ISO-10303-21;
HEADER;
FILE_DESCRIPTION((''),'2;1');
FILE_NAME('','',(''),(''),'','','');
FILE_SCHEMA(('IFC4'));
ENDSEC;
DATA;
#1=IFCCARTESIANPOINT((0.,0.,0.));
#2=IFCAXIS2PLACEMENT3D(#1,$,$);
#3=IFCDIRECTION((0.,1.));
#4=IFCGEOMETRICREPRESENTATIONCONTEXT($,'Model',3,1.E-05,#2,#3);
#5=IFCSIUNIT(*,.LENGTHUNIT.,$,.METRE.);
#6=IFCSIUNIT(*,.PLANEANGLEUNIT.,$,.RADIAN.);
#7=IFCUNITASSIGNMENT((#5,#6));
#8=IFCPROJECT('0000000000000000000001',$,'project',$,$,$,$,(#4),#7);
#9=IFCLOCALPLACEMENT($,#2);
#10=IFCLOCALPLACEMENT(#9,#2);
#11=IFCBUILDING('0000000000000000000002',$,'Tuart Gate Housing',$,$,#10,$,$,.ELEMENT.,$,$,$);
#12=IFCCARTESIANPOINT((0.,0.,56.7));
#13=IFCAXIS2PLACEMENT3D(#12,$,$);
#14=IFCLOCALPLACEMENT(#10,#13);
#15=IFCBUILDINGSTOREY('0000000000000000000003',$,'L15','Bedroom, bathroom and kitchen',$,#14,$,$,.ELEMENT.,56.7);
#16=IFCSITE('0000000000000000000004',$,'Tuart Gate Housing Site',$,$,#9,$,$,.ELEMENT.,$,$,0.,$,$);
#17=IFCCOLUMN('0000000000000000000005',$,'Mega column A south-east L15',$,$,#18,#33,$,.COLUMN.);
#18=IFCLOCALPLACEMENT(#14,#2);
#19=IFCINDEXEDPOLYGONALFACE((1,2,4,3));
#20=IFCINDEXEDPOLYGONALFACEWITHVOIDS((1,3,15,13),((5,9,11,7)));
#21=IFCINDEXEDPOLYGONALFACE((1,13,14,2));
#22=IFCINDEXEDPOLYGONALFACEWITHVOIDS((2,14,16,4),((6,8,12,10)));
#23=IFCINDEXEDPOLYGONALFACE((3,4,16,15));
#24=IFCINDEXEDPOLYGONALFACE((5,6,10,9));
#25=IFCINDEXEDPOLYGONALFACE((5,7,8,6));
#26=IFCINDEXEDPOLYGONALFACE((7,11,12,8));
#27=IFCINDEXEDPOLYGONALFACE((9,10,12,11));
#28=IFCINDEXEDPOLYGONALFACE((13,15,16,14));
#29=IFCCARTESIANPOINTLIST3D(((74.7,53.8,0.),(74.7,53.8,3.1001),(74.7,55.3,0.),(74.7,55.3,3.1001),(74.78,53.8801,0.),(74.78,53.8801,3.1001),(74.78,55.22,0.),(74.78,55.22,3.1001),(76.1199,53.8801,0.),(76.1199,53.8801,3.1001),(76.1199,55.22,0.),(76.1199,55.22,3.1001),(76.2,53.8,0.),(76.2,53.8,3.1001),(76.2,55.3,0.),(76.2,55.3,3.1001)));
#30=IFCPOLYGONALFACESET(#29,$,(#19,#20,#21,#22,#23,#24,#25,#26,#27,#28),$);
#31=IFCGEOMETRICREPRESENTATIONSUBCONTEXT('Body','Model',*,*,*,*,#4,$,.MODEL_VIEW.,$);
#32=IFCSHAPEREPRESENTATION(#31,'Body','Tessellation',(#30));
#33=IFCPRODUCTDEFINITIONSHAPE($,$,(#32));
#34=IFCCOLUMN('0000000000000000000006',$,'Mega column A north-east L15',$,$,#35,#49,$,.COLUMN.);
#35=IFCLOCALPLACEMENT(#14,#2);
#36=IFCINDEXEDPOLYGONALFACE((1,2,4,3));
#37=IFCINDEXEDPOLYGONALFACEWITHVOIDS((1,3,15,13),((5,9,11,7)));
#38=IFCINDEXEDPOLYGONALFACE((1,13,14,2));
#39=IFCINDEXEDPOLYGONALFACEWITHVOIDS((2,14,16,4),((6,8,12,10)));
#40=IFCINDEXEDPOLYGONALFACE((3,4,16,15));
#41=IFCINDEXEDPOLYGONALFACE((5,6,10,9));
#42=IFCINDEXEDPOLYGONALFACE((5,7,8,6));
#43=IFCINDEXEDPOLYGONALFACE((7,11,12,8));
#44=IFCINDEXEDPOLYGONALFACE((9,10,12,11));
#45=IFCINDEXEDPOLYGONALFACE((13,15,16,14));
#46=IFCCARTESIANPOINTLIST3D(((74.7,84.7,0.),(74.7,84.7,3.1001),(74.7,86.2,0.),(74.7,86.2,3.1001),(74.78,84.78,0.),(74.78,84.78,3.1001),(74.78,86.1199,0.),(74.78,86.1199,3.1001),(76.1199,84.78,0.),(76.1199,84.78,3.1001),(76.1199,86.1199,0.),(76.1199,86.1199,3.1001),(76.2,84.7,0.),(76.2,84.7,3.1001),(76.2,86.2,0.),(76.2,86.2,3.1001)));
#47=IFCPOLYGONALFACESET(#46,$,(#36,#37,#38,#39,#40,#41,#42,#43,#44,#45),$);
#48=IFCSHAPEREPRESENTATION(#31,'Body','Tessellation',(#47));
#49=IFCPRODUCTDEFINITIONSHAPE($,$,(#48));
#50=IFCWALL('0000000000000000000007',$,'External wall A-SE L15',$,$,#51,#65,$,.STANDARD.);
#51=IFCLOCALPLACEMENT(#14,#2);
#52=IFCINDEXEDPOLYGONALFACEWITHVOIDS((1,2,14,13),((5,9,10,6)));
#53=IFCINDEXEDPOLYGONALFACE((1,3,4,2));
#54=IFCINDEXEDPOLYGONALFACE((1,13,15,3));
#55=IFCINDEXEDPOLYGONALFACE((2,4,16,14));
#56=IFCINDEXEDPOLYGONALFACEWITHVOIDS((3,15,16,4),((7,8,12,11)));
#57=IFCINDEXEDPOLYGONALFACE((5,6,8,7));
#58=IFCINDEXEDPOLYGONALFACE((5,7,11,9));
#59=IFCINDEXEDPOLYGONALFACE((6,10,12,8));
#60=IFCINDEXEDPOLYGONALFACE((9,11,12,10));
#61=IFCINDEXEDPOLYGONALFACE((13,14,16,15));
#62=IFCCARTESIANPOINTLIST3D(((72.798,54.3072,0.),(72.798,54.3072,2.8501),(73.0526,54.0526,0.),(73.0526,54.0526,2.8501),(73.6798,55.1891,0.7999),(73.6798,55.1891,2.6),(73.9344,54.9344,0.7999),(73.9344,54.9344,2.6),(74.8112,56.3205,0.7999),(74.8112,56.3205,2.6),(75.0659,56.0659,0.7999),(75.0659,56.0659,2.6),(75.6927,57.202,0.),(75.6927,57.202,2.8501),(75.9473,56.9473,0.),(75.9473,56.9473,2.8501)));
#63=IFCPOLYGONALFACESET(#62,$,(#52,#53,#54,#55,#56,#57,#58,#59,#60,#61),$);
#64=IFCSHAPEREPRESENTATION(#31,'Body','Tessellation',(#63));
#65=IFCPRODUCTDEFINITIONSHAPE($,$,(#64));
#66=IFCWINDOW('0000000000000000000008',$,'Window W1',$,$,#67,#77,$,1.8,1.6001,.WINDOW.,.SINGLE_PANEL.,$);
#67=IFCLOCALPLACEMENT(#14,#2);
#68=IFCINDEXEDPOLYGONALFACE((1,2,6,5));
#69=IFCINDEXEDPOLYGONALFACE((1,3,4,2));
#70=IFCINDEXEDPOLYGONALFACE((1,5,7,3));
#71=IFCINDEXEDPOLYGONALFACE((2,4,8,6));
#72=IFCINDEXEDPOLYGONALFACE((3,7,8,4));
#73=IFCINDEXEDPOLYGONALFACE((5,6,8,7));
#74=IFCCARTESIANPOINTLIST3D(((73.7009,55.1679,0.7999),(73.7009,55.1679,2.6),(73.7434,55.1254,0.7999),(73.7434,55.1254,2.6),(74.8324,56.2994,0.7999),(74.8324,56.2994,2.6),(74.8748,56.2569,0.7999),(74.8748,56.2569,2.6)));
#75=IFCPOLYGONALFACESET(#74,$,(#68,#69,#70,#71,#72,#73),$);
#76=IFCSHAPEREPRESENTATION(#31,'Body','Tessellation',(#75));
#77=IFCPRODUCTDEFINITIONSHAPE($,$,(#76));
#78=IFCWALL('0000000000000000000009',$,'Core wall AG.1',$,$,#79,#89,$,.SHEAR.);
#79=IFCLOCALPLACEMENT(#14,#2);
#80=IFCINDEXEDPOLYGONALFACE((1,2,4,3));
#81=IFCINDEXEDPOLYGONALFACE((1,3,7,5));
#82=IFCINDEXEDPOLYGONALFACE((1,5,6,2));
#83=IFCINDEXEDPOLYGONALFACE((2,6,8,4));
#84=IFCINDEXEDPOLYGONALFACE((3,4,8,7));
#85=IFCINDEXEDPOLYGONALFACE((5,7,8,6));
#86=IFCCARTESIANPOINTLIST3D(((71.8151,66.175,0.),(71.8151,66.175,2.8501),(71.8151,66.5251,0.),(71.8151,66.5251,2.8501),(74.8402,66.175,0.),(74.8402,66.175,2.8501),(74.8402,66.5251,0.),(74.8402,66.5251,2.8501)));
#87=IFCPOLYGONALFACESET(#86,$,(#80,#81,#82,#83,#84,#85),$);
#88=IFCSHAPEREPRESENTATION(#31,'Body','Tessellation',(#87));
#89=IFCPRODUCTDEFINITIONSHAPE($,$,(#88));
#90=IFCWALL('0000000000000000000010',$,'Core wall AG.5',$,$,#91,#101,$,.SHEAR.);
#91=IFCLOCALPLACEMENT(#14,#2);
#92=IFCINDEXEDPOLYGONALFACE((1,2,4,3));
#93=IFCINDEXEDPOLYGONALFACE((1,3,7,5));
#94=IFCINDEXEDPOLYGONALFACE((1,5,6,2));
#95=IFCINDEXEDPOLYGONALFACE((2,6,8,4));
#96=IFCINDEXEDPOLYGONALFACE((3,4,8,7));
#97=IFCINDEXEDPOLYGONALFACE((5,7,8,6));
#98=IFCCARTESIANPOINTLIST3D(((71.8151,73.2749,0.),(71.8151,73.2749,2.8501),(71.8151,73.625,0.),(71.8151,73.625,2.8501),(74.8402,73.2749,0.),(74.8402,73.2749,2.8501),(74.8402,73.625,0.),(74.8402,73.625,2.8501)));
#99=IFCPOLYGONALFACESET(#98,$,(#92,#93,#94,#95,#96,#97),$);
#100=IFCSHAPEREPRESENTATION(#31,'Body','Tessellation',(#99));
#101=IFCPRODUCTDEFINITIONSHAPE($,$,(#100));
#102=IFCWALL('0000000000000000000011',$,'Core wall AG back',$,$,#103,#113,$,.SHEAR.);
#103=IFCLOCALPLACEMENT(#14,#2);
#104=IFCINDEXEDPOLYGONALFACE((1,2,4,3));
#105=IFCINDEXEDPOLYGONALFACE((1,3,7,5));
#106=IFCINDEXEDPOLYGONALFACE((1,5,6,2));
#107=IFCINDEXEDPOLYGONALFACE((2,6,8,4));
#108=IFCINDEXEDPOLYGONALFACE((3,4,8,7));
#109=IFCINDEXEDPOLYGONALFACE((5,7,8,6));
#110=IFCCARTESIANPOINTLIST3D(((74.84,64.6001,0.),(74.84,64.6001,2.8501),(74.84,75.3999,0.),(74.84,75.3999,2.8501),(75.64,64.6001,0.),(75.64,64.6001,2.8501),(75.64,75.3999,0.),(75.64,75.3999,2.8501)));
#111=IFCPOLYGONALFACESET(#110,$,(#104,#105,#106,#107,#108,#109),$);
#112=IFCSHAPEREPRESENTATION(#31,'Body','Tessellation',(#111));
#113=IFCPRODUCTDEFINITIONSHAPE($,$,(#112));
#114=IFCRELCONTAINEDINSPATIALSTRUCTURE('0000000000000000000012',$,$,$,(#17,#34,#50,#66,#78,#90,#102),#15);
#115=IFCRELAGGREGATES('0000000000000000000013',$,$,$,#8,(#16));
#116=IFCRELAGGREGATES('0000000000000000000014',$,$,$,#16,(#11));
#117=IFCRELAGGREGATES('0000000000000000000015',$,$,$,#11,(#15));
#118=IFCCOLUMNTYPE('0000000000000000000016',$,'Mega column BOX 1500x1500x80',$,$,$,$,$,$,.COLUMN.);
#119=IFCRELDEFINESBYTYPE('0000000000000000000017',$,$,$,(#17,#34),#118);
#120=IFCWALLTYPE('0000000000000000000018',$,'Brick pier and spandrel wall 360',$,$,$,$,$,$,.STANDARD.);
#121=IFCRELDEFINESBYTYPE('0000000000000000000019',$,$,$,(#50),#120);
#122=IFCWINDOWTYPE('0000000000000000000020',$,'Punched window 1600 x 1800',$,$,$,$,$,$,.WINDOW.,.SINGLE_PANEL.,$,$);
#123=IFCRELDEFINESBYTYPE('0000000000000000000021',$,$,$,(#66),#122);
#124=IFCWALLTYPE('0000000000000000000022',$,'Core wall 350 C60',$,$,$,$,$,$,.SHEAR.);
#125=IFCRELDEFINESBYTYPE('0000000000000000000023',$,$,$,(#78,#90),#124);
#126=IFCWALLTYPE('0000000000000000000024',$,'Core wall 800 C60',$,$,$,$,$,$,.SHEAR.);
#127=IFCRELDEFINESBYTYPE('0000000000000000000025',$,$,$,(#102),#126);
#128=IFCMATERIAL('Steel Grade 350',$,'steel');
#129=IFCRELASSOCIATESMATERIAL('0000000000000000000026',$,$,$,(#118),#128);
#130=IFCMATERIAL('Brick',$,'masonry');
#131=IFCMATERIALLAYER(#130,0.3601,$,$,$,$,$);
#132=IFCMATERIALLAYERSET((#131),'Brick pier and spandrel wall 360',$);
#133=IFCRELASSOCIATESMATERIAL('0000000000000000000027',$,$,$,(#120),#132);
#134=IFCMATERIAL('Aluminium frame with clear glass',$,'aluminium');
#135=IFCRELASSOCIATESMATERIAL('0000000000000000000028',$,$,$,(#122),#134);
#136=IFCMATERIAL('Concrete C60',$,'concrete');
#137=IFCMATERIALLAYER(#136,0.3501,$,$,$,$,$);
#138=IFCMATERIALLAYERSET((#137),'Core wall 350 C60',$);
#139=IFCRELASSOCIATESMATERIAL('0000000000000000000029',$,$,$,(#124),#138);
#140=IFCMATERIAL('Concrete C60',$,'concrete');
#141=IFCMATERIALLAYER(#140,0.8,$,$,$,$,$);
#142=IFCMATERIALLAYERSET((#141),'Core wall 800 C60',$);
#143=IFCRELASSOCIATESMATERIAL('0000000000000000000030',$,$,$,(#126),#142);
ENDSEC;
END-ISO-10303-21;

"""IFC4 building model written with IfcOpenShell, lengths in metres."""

from ifc_helpers import new_model, si_unit, direction, frame, frame_2d, origin, origin_2d, place, context, subcontext, project, spatial, rectangle, hollow_rectangle, extrude, material, layer, layer_set, material_profile, profile_set, type_object, element, fill, save


model = new_model("IFC4")

# Units and contexts
model_context = context("Model", 3, precision=1e-05, world=origin(), true_north=direction((0.0, 1.0)))
body_context = subcontext(model_context, "Body", "Model", "MODEL_VIEW")
ifc_project = project(units=[si_unit("LENGTHUNIT", "METRE"), si_unit("PLANEANGLEUNIT", "RADIAN")], contexts=[model_context])

# Site, building, storey
site_placement = place(None, origin())
site = spatial("IfcSite", under=ifc_project, at=site_placement, Name="Tuart Gate Housing Site", CompositionType="ELEMENT", RefElevation=0.0)
building_placement = place(site_placement, origin())
building = spatial("IfcBuilding", under=site, at=building_placement, Name="Tuart Gate Housing", CompositionType="ELEMENT")
storey_placement = place(building_placement, frame((0.0, 0.0, 56.7)))
storey = spatial("IfcBuildingStorey", under=building, at=storey_placement, Name="L15", Description="Bedroom, bathroom and kitchen", CompositionType="ELEMENT", Elevation=56.7)

# Columns
ifc_material_1 = material(Name="Steel Grade 350", Category="steel")
ifc_material_profile = material_profile(ifc_material_1, hollow_rectangle(XDim=1.5, YDim=1.5, WallThickness=0.0801, at=origin_2d()), Name="BOX 1500x1500x80")
ifc_profile_set = profile_set([ifc_material_profile], Name="Steel Grade 350")
column_type = type_object("IfcColumnType", Name="Mega column BOX 1500x1500x80", PredefinedType="COLUMN", material=ifc_profile_set)
for number, where, z_axis, x_axis, name in (
    (1, (75.45, 54.55, 0.0), (0.0, 0.0, 1.0), (1.0, 0.0, 0.0), "Mega column A south-east L15"),
    (2, (75.45, 85.45, 0.0), (0.0, 0.0, 1.0), (1.0, 0.0, 0.0), "Mega column A north-east L15"),
):
    element("IfcColumn", number, at=place(storey_placement, frame(where, z_axis=z_axis, x_axis=x_axis)), inside=storey, type_object=column_type, Name=name, PredefinedType="COLUMN", context=body_context, shape_type="SweptSolid", body=[
        extrude(hollow_rectangle(XDim=1.5, YDim=1.5, WallThickness=0.0801, at=origin_2d()), origin(), (0.0, 0.0, 1.0), 3.1001),
    ])

# Wall, opening, window
ifc_material_2 = material(Name="Brick", Category="masonry")
ifc_layer_1 = layer(ifc_material_2, 0.3601)
ifc_layer_set_1 = layer_set([ifc_layer_1], Name="Brick pier and spandrel wall 360")
wall_type_1 = type_object("IfcWallType", Name="Brick pier and spandrel wall 360", PredefinedType="STANDARD", material=ifc_layer_set_1)
wall_1_placement = place(storey_placement, frame((72.9253, 54.1799, 0.0), z_axis=(0.0, 0.0, 1.0), x_axis=(0.707107, 0.707107, 0.0)))
wall_1 = element("IfcWall", 3, at=wall_1_placement, inside=storey, type_object=wall_type_1, Name="External wall A-SE L15", PredefinedType="STANDARD", context=body_context, shape_type="SweptSolid", body=[
    extrude(rectangle(XDim=4.0938, YDim=0.3601, at=frame_2d((2.0469, 0.0))), origin(), (0.0, 0.0, 1.0), 2.8501),
])
opening_placement = place(wall_1_placement, frame((1.2471, 0.0, 0.8)))
opening = element("IfcOpeningElement", 4, at=opening_placement, cuts=wall_1, PredefinedType="OPENING", context=body_context, shape_type="SweptSolid", body=[
    extrude(rectangle(XDim=1.6001, YDim=1.8, at=frame_2d((0.8, 0.8999))), frame((0.0, 0.1899, 0.0), z_axis=(0.0, -1.0, 0.0), x_axis=(1.0, 0.0, 0.0)), (0.0, 0.0, 1.0), 0.3801),
])
ifc_material_3 = material(Name="Aluminium frame with clear glass", Category="aluminium")
window_type = type_object("IfcWindowType", Name="Punched window 1600 x 1800", PartitioningType="SINGLE_PANEL", PredefinedType="WINDOW", material=ifc_material_3)
window_placement = place(opening_placement, origin())
window = element("IfcWindow", 5, at=window_placement, inside=storey, type_object=window_type, Name="Window W1", OverallHeight=1.8, OverallWidth=1.6001, PartitioningType="SINGLE_PANEL", PredefinedType="WINDOW", context=body_context, shape_type="SweptSolid", body=[
    extrude(rectangle(XDim=1.6001, YDim=1.8, at=frame_2d((0.8, 0.8999))), frame((0.0, 0.1501, 0.0), z_axis=(0.0, -1.0, 0.0), x_axis=(1.0, 0.0, 0.0)), (0.0, 0.0, 1.0), 0.0601),
])
fill(opening, window)

# Walls
ifc_material_4 = material(Name="Concrete C60", Category="concrete")
ifc_layer_2 = layer(ifc_material_4, 0.3501)
ifc_layer_set_2 = layer_set([ifc_layer_2], Name="Core wall 350 C60")
wall_type_2 = type_object("IfcWallType", Name="Core wall 350 C60", PredefinedType="SHEAR", material=ifc_layer_set_2)
for number, where, z_axis, x_axis, name in (
    (6, (71.8149, 66.3501, 0.0), (0.0, 0.0, 1.0), (1.0, 0.0, 0.0), "Core wall AG.1"),
    (7, (71.8149, 73.45, 0.0), (0.0, 0.0, 1.0), (1.0, 0.0, 0.0), "Core wall AG.5"),
):
    element("IfcWall", number, at=place(storey_placement, frame(where, z_axis=z_axis, x_axis=x_axis)), inside=storey, type_object=wall_type_2, Name=name, PredefinedType="SHEAR", context=body_context, shape_type="SweptSolid", body=[
        extrude(rectangle(XDim=3.0251, YDim=0.3501, at=frame_2d((1.5127, 0.0))), origin(), (0.0, 0.0, 1.0), 2.8501),
    ])
ifc_material_5 = material(Name="Concrete C60", Category="concrete")
ifc_layer_3 = layer(ifc_material_5, 0.8)
ifc_layer_set_3 = layer_set([ifc_layer_3], Name="Core wall 800 C60")
wall_type_3 = type_object("IfcWallType", Name="Core wall 800 C60", PredefinedType="SHEAR", material=ifc_layer_set_3)
wall_2_placement = place(storey_placement, frame((75.24, 64.6001, 0.0), z_axis=(0.0, 0.0, 1.0), x_axis=(0.0, 1.0, 0.0)))
element("IfcWall", 8, at=wall_2_placement, inside=storey, type_object=wall_type_3, Name="Core wall AG back", PredefinedType="SHEAR", context=body_context, shape_type="SweptSolid", body=[
    extrude(rectangle(XDim=10.7998, YDim=0.8, at=frame_2d((5.3999, 0.0))), origin(), (0.0, 0.0, 1.0), 2.8501),
])

save(model, "model.ifc")
